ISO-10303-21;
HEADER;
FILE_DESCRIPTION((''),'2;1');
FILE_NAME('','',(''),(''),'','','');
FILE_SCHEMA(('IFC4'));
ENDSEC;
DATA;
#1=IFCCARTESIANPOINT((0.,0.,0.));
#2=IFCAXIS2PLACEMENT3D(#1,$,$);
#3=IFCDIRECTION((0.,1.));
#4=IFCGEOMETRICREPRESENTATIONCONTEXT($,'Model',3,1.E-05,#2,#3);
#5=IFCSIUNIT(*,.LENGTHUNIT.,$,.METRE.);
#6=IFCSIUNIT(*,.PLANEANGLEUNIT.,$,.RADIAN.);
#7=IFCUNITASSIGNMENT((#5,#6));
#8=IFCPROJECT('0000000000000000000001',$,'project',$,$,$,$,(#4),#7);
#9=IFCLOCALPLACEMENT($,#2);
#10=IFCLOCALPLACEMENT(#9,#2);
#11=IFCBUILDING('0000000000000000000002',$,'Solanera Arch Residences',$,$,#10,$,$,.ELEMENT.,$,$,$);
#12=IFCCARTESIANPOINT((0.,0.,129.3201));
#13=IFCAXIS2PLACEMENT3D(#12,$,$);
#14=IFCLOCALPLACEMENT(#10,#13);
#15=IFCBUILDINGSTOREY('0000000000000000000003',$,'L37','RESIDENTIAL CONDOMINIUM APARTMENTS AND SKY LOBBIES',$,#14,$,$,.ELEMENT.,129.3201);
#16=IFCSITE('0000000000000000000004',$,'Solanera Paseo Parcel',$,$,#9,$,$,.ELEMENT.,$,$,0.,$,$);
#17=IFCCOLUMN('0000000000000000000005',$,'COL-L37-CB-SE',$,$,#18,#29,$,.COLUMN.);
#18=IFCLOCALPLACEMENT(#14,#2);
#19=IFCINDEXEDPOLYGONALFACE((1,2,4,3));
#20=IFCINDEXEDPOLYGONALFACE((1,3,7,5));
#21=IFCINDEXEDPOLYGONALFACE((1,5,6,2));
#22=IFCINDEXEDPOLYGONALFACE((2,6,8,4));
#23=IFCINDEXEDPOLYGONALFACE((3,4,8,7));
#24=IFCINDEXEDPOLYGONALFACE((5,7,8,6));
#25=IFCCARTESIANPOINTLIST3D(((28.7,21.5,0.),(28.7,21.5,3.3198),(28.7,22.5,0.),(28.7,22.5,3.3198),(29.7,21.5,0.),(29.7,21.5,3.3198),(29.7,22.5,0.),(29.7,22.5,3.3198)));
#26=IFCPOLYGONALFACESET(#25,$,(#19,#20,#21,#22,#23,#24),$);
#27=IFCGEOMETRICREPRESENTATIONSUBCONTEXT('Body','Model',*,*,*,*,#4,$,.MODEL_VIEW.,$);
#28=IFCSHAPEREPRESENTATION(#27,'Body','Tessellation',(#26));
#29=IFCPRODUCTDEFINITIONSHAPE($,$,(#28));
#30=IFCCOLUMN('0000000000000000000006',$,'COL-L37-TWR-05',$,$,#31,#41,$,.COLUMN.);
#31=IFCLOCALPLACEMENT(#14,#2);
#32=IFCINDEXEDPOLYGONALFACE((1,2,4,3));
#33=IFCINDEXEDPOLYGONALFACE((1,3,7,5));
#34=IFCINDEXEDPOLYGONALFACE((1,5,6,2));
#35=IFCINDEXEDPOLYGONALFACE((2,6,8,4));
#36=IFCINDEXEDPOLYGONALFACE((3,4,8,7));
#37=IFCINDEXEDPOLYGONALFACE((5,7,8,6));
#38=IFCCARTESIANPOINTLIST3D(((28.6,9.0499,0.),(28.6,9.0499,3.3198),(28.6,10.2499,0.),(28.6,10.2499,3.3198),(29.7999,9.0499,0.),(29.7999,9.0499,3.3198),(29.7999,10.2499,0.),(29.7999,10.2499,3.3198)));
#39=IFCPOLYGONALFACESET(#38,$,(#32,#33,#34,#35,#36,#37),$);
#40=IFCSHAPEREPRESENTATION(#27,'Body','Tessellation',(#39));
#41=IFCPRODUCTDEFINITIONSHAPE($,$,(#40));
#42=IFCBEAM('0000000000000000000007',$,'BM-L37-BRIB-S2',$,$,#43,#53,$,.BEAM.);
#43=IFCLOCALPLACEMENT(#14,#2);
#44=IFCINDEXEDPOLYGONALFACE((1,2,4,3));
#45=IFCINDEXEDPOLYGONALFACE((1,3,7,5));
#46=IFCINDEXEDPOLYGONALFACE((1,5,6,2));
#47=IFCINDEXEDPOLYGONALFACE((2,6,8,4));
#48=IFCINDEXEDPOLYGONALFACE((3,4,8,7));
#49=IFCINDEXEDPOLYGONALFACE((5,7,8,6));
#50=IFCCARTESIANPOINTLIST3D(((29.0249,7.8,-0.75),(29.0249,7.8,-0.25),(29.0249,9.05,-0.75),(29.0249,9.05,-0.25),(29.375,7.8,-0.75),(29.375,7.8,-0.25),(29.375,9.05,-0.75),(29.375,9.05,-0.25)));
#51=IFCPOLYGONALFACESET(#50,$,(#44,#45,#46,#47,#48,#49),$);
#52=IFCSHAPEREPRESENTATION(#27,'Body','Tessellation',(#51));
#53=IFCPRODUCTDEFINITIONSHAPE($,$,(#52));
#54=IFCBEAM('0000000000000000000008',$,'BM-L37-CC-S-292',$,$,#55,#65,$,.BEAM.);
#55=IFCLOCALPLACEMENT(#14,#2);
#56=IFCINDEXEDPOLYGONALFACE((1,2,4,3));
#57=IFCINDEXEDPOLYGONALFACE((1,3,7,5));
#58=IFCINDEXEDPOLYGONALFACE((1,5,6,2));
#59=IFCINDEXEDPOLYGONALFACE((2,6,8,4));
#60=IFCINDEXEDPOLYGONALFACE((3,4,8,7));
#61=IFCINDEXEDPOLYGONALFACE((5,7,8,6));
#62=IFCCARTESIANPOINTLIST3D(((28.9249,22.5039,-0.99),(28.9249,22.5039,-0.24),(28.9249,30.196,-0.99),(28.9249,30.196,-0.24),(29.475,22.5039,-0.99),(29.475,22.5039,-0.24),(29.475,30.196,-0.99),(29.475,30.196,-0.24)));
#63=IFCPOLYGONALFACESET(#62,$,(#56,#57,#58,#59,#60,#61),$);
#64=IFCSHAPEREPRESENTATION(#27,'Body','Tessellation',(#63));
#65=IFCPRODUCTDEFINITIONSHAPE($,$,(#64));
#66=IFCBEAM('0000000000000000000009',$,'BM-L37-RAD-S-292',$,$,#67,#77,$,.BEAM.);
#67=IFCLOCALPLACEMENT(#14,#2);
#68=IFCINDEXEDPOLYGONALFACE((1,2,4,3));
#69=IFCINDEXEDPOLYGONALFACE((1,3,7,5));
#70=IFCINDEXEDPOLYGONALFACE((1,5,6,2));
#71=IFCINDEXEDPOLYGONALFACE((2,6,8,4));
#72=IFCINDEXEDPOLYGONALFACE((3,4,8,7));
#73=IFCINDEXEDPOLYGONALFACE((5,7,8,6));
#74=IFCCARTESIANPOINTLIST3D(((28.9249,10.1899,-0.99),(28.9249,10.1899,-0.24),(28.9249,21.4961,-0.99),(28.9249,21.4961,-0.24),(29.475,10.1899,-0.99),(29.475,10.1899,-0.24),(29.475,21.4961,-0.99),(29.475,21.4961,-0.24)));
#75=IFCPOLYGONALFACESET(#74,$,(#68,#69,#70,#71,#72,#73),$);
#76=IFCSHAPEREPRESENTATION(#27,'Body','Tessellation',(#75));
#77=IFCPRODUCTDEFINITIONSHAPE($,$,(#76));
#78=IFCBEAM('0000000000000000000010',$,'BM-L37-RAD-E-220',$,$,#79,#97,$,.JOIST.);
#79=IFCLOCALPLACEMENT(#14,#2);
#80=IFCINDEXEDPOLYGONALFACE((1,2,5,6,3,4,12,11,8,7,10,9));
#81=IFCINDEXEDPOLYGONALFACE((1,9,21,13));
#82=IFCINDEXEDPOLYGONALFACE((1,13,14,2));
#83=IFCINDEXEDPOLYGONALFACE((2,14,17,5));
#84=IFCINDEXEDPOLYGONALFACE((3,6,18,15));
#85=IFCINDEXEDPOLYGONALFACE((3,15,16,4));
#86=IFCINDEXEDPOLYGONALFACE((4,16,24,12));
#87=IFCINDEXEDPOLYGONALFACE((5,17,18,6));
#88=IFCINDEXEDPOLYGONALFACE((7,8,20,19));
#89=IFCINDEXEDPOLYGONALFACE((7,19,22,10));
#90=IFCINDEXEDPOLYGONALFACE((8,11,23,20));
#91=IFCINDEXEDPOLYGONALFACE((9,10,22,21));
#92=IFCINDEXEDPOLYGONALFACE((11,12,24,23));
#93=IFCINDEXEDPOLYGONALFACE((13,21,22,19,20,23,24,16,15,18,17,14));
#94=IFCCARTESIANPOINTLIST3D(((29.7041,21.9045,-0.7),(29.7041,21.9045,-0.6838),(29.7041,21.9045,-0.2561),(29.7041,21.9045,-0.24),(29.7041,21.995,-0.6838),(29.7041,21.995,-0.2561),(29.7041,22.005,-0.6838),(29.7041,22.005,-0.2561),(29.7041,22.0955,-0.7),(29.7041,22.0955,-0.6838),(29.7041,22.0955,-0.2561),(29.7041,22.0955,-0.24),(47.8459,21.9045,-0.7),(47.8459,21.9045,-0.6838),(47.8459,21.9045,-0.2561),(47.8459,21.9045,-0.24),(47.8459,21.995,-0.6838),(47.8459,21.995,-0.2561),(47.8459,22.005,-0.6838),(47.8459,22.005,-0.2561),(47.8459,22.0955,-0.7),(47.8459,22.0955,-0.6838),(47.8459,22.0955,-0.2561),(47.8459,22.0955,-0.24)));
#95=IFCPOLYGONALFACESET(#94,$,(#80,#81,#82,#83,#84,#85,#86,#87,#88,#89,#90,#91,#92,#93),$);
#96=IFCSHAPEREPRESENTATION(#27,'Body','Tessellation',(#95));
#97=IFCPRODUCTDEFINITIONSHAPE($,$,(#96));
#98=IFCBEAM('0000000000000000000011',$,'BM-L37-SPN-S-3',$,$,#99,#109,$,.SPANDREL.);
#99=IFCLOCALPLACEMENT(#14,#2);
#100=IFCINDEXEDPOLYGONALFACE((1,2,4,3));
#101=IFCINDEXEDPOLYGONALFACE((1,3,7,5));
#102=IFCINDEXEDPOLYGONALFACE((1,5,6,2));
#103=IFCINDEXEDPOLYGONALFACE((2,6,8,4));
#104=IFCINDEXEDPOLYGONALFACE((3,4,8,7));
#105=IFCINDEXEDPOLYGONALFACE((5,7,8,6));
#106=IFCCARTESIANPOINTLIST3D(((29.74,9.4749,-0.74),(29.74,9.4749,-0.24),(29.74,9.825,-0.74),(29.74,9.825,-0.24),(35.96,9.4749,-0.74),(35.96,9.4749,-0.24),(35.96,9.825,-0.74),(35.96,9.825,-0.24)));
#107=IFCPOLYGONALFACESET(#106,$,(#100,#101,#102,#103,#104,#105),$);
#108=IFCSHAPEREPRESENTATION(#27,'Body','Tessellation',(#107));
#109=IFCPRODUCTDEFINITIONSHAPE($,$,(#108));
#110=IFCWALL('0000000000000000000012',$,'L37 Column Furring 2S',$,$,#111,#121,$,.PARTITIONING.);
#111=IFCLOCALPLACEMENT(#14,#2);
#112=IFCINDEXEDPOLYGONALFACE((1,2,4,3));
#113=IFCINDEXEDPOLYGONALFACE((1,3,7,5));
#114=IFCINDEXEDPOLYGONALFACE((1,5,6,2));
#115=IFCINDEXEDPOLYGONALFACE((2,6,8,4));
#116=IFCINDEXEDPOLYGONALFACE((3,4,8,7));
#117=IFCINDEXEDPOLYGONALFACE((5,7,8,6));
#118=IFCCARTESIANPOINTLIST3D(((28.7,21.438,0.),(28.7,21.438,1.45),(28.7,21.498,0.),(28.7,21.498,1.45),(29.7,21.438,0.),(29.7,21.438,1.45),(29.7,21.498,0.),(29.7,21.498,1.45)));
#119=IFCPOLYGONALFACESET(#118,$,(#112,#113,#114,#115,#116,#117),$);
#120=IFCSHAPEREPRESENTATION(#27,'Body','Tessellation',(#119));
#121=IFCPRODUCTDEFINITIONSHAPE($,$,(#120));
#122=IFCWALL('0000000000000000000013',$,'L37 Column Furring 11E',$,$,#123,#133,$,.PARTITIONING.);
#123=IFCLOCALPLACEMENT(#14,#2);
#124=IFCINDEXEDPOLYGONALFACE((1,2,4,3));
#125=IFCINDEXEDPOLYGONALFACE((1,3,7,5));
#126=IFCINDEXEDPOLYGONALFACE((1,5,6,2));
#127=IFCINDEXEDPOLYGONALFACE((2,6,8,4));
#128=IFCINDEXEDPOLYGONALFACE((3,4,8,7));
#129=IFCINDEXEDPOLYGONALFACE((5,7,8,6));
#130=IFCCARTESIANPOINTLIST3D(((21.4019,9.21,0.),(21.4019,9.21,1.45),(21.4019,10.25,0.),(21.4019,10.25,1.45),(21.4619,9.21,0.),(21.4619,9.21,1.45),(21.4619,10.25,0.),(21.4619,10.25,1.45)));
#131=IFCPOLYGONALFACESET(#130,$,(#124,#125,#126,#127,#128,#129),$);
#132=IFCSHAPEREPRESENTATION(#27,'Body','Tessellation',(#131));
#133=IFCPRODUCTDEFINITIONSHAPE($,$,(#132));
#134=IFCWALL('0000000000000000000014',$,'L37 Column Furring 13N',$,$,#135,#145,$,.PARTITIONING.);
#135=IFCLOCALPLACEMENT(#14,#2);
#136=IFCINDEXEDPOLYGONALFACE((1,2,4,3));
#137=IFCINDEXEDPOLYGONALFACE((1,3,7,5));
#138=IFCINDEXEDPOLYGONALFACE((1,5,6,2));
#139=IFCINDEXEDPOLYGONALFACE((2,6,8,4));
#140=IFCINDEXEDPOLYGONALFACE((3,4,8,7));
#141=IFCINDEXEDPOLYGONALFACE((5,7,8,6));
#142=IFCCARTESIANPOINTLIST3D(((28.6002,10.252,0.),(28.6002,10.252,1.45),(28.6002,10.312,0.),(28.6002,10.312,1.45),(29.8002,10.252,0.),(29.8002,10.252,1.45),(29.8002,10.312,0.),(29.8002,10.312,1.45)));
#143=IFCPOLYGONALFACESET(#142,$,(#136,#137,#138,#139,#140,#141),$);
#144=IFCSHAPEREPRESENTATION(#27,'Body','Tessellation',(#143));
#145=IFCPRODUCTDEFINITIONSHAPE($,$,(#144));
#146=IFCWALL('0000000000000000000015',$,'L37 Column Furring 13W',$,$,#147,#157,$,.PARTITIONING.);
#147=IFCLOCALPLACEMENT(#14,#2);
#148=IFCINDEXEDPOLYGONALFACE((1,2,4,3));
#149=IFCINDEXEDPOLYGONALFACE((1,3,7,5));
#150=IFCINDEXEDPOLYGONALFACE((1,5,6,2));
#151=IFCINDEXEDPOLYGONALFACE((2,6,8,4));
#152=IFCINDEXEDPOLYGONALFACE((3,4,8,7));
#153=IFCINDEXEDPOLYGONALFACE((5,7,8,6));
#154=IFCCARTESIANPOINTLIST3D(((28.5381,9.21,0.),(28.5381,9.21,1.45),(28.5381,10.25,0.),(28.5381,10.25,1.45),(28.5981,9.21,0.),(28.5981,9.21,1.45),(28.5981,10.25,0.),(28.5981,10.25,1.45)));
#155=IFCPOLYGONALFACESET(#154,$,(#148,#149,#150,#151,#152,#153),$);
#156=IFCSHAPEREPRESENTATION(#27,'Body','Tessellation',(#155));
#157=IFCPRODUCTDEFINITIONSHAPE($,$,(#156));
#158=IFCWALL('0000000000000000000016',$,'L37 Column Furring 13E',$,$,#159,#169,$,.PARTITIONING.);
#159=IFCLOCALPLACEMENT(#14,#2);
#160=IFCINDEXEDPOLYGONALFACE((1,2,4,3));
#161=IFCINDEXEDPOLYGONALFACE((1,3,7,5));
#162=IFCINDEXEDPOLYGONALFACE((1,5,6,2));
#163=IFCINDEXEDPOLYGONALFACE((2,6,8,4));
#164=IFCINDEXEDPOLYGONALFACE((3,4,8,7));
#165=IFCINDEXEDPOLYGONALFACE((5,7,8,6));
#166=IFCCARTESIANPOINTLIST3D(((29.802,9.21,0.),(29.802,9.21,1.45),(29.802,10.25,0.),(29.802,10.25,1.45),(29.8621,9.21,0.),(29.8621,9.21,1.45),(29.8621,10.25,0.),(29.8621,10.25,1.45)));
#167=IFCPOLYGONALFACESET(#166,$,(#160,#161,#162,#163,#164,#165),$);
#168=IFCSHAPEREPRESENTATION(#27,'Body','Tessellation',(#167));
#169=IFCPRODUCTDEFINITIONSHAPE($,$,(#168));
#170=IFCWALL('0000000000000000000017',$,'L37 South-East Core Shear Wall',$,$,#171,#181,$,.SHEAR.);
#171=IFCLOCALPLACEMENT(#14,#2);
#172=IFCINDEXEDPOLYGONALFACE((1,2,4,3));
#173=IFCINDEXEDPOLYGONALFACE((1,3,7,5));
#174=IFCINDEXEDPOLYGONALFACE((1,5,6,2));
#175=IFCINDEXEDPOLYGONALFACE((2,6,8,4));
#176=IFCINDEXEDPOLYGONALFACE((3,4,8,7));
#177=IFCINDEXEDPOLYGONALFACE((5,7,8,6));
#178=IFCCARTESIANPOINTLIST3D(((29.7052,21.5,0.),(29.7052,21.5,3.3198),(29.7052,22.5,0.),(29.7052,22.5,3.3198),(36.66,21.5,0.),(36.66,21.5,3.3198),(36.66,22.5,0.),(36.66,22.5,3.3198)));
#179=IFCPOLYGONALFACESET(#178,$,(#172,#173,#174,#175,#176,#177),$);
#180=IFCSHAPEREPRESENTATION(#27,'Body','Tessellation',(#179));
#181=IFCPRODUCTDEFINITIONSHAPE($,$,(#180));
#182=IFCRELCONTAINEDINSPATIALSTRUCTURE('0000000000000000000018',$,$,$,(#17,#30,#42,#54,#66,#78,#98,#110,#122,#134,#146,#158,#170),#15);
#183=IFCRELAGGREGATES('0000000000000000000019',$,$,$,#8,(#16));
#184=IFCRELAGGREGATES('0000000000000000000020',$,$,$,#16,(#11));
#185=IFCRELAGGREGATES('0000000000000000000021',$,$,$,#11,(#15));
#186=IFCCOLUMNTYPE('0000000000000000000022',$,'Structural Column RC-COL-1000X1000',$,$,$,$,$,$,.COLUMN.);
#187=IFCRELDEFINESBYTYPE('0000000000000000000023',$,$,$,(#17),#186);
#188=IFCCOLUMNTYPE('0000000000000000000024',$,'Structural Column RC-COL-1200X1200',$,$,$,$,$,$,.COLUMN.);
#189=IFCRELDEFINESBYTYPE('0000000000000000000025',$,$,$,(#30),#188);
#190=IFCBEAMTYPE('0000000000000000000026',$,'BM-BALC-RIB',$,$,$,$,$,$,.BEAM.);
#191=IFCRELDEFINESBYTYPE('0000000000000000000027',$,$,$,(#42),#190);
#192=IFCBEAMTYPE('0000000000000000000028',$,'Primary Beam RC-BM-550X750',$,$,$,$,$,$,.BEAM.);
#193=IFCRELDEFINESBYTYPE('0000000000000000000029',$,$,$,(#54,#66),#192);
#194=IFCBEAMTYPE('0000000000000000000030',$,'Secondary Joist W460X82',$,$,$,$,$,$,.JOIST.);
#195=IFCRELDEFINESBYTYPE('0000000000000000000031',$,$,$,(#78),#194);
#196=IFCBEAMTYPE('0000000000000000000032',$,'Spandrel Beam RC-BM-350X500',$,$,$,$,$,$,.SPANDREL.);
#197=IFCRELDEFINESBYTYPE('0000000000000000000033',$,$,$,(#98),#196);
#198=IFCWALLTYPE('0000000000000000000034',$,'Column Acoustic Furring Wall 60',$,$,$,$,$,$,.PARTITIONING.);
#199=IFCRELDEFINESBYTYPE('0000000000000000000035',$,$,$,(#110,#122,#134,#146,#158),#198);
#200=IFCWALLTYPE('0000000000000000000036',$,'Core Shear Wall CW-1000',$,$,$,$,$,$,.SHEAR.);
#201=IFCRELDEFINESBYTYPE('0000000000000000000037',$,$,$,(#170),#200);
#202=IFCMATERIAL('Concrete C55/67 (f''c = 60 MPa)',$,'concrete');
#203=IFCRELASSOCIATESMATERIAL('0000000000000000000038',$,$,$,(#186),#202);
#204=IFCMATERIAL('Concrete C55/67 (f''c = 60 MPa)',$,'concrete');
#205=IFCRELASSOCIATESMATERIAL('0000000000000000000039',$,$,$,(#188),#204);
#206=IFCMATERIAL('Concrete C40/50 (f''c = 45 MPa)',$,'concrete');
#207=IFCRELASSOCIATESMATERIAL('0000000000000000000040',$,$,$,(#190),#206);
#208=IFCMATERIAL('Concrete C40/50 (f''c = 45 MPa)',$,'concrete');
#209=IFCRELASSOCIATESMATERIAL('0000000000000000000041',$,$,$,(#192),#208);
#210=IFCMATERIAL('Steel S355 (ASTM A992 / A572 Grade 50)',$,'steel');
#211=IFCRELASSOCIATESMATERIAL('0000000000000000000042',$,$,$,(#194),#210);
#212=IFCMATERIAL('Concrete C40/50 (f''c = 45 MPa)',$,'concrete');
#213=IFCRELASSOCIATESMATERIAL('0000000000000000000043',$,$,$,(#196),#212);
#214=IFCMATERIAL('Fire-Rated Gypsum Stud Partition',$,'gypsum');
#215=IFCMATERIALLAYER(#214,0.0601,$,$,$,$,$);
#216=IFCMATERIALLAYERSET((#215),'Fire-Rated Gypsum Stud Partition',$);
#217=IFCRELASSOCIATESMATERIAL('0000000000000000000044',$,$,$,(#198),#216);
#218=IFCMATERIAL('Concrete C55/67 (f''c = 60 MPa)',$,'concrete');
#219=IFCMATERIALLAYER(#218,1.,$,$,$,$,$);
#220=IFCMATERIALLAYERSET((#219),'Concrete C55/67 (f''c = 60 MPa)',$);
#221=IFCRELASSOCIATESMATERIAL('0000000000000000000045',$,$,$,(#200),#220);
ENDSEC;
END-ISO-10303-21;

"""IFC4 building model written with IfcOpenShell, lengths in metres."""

from ifc_helpers import new_model, si_unit, direction, frame, frame_2d, origin, origin_2d, place, context, subcontext, project, spatial, rectangle, i_section, extrude, material, layer, layer_set, material_profile, profile_set, type_object, element, save


model = new_model("IFC4")

# Units and contexts
model_context = context("Model", 3, precision=1e-05, world=origin(), true_north=direction((0.0, 1.0)))
body_context = subcontext(model_context, "Body", "Model", "MODEL_VIEW")
ifc_project = project(units=[si_unit("LENGTHUNIT", "METRE"), si_unit("PLANEANGLEUNIT", "RADIAN")], contexts=[model_context])

# Site, building, storey
site_placement = place(None, origin())
site = spatial("IfcSite", under=ifc_project, at=site_placement, Name="Solanera Paseo Parcel", CompositionType="ELEMENT", RefElevation=0.0)
building_placement = place(site_placement, origin())
building = spatial("IfcBuilding", under=site, at=building_placement, Name="Solanera Arch Residences", CompositionType="ELEMENT")
storey_placement = place(building_placement, frame((0.0, 0.0, 129.3201)))
storey = spatial("IfcBuildingStorey", under=building, at=storey_placement, Name="L37", Description="RESIDENTIAL CONDOMINIUM APARTMENTS AND SKY LOBBIES", CompositionType="ELEMENT", Elevation=129.3201)

# Columns
ifc_material_1 = material(Name="Concrete C55/67 (f'c = 60 MPa)", Category="concrete")
ifc_material_profile_1 = material_profile(ifc_material_1, rectangle(XDim=1.0, YDim=1.0, at=origin_2d()))
ifc_profile_set_1 = profile_set([ifc_material_profile_1], Name="Concrete C55/67 (f'c = 60 MPa)")
column_type_1 = type_object("IfcColumnType", Name="Structural Column RC-COL-1000X1000", PredefinedType="COLUMN", material=ifc_profile_set_1)
column_1_placement = place(storey_placement, frame((29.2, 22.0, 0.0), z_axis=(0.0, 0.0, 1.0), x_axis=(1.0, 0.0, 0.0)))
element("IfcColumn", 1, at=column_1_placement, inside=storey, type_object=column_type_1, Name="COL-L37-CB-SE", PredefinedType="COLUMN", context=body_context, shape_type="SweptSolid", body=[
    extrude(rectangle(XDim=1.0, YDim=1.0, at=origin_2d()), origin(), (0.0, 0.0, 1.0), 3.3198),
])
ifc_material_2 = material(Name="Concrete C55/67 (f'c = 60 MPa)", Category="concrete")
ifc_material_profile_2 = material_profile(ifc_material_2, rectangle(XDim=1.2, YDim=1.2, at=origin_2d()))
ifc_profile_set_2 = profile_set([ifc_material_profile_2], Name="Concrete C55/67 (f'c = 60 MPa)")
column_type_2 = type_object("IfcColumnType", Name="Structural Column RC-COL-1200X1200", PredefinedType="COLUMN", material=ifc_profile_set_2)
column_2_placement = place(storey_placement, frame((29.2, 9.6499, 0.0), z_axis=(0.0, 0.0, 1.0), x_axis=(1.0, 0.0, 0.0)))
element("IfcColumn", 2, at=column_2_placement, inside=storey, type_object=column_type_2, Name="COL-L37-TWR-05", PredefinedType="COLUMN", context=body_context, shape_type="SweptSolid", body=[
    extrude(rectangle(XDim=1.2, YDim=1.2, at=origin_2d()), origin(), (0.0, 0.0, 1.0), 3.3198),
])

# Beams
ifc_material_3 = material(Name="Concrete C40/50 (f'c = 45 MPa)", Category="concrete")
ifc_material_profile_3 = material_profile(ifc_material_3, rectangle(XDim=0.3501, YDim=0.5, at=origin_2d()))
ifc_profile_set_3 = profile_set([ifc_material_profile_3], Name="Concrete C40/50 (f'c = 45 MPa)")
beam_type_1 = type_object("IfcBeamType", Name="BM-BALC-RIB", PredefinedType="BEAM", material=ifc_profile_set_3)
beam_1_placement = place(storey_placement, frame((29.2, 7.8, -0.5), z_axis=(0.0, 1.0, 0.0), x_axis=(-1.0, 0.0, 0.0)))
element("IfcBeam", 3, at=beam_1_placement, inside=storey, type_object=beam_type_1, Name="BM-L37-BRIB-S2", PredefinedType="BEAM", context=body_context, shape_type="SweptSolid", body=[
    extrude(rectangle(XDim=0.3501, YDim=0.5, at=origin_2d()), origin(), (0.0, 0.0, 1.0), 1.25),
])
ifc_material_4 = material(Name="Concrete C40/50 (f'c = 45 MPa)", Category="concrete")
ifc_material_profile_4 = material_profile(ifc_material_4, rectangle(XDim=0.55, YDim=0.75, at=origin_2d()))
ifc_profile_set_4 = profile_set([ifc_material_profile_4], Name="Concrete C40/50 (f'c = 45 MPa)")
beam_type_2 = type_object("IfcBeamType", Name="Primary Beam RC-BM-550X750", PredefinedType="BEAM", material=ifc_profile_set_4)
beam_2_placement = place(storey_placement, frame((29.2, 22.5039, -0.615), z_axis=(0.0, 1.0, 0.0), x_axis=(-1.0, 0.0, 0.0)))
element("IfcBeam", 4, at=beam_2_placement, inside=storey, type_object=beam_type_2, Name="BM-L37-CC-S-292", PredefinedType="BEAM", context=body_context, shape_type="SweptSolid", body=[
    extrude(rectangle(XDim=0.55, YDim=0.75, at=origin_2d()), origin(), (0.0, 0.0, 1.0), 7.6921),
])
beam_3_placement = place(storey_placement, frame((29.2, 10.1899, -0.615), z_axis=(0.0, 1.0, 0.0), x_axis=(-1.0, 0.0, 0.0)))
element("IfcBeam", 5, at=beam_3_placement, inside=storey, type_object=beam_type_2, Name="BM-L37-RAD-S-292", PredefinedType="BEAM", context=body_context, shape_type="SweptSolid", body=[
    extrude(rectangle(XDim=0.55, YDim=0.75, at=origin_2d()), origin(), (0.0, 0.0, 1.0), 11.3062),
])
ifc_material_5 = material(Name="Steel S355 (ASTM A992 / A572 Grade 50)", Category="steel")
ifc_material_profile_5 = material_profile(ifc_material_5, i_section(OverallWidth=0.1909, OverallDepth=0.46, WebThickness=0.01, FlangeThickness=0.0161, at=origin_2d()))
ifc_profile_set_5 = profile_set([ifc_material_profile_5], Name="Steel S355 (ASTM A992 / A572 Grade 50)")
beam_type_3 = type_object("IfcBeamType", Name="Secondary Joist W460X82", PredefinedType="JOIST", material=ifc_profile_set_5)
beam_4_placement = place(storey_placement, frame((29.7041, 22.0, -0.47), z_axis=(1.0, 0.0, 0.0), x_axis=(0.0, 1.0, 0.0)))
element("IfcBeam", 6, at=beam_4_placement, inside=storey, type_object=beam_type_3, Name="BM-L37-RAD-E-220", PredefinedType="JOIST", context=body_context, shape_type="SweptSolid", body=[
    extrude(i_section(OverallWidth=0.1909, OverallDepth=0.46, WebThickness=0.01, FlangeThickness=0.0161, at=origin_2d()), origin(), (0.0, 0.0, 1.0), 18.1418),
])
ifc_material_6 = material(Name="Concrete C40/50 (f'c = 45 MPa)", Category="concrete")
ifc_material_profile_6 = material_profile(ifc_material_6, rectangle(XDim=0.3501, YDim=0.5, at=origin_2d()))
ifc_profile_set_6 = profile_set([ifc_material_profile_6], Name="Concrete C40/50 (f'c = 45 MPa)")
beam_type_4 = type_object("IfcBeamType", Name="Spandrel Beam RC-BM-350X500", PredefinedType="SPANDREL", material=ifc_profile_set_6)
beam_5_placement = place(storey_placement, frame((29.74, 9.6499, -0.49), z_axis=(1.0, 0.0, 0.0), x_axis=(0.0, 1.0, 0.0)))
element("IfcBeam", 7, at=beam_5_placement, inside=storey, type_object=beam_type_4, Name="BM-L37-SPN-S-3", PredefinedType="SPANDREL", context=body_context, shape_type="SweptSolid", body=[
    extrude(rectangle(XDim=0.3501, YDim=0.5, at=origin_2d()), origin(), (0.0, 0.0, 1.0), 6.22),
])

# Walls
ifc_material_7 = material(Name="Fire-Rated Gypsum Stud Partition", Category="gypsum")
ifc_layer_1 = layer(ifc_material_7, 0.0601)
ifc_layer_set_1 = layer_set([ifc_layer_1], Name="Fire-Rated Gypsum Stud Partition")
wall_type_1 = type_object("IfcWallType", Name="Column Acoustic Furring Wall 60", PredefinedType="PARTITIONING", material=ifc_layer_set_1)
wall_1_placement = place(storey_placement, frame((28.7, 21.468, 0.0), z_axis=(0.0, 0.0, 1.0), x_axis=(1.0, 0.0, 0.0)))
element("IfcWall", 8, at=wall_1_placement, inside=storey, type_object=wall_type_1, Name="L37 Column Furring 2S", PredefinedType="PARTITIONING", context=body_context, shape_type="SweptSolid", body=[
    extrude(rectangle(XDim=1.0, YDim=0.0601, at=frame_2d((0.5, 0.0))), origin(), (0.0, 0.0, 1.0), 1.45),
])
wall_2_placement = place(storey_placement, frame((21.4319, 9.21, 0.0), z_axis=(0.0, 0.0, 1.0), x_axis=(0.0, 1.0, 0.0)))
element("IfcWall", 9, at=wall_2_placement, inside=storey, type_object=wall_type_1, Name="L37 Column Furring 11E", PredefinedType="PARTITIONING", context=body_context, shape_type="SweptSolid", body=[
    extrude(rectangle(XDim=1.04, YDim=0.0601, at=frame_2d((0.52, 0.0))), origin(), (0.0, 0.0, 1.0), 1.45),
])
wall_3_placement = place(storey_placement, frame((28.6001, 10.282, 0.0), z_axis=(0.0, 0.0, 1.0), x_axis=(1.0, 0.0, 0.0)))
element("IfcWall", 10, at=wall_3_placement, inside=storey, type_object=wall_type_1, Name="L37 Column Furring 13N", PredefinedType="PARTITIONING", context=body_context, shape_type="SweptSolid", body=[
    extrude(rectangle(XDim=1.2, YDim=0.0601, at=frame_2d((0.6001, 0.0))), origin(), (0.0, 0.0, 1.0), 1.45),
])
for number, where, z_axis, x_axis, name in (
    (11, (28.5681, 9.21, 0.0), (0.0, 0.0, 1.0), (0.0, 1.0, 0.0), "L37 Column Furring 13W"),
    (12, (29.832, 9.21, 0.0), (0.0, 0.0, 1.0), (0.0, 1.0, 0.0), "L37 Column Furring 13E"),
):
    element("IfcWall", number, at=place(storey_placement, frame(where, z_axis=z_axis, x_axis=x_axis)), inside=storey, type_object=wall_type_1, Name=name, PredefinedType="PARTITIONING", context=body_context, shape_type="SweptSolid", body=[
        extrude(rectangle(XDim=1.04, YDim=0.0601, at=frame_2d((0.52, 0.0))), origin(), (0.0, 0.0, 1.0), 1.45),
    ])
ifc_material_8 = material(Name="Concrete C55/67 (f'c = 60 MPa)", Category="concrete")
ifc_layer_2 = layer(ifc_material_8, 1.0)
ifc_layer_set_2 = layer_set([ifc_layer_2], Name="Concrete C55/67 (f'c = 60 MPa)")
wall_type_2 = type_object("IfcWallType", Name="Core Shear Wall CW-1000", PredefinedType="SHEAR", material=ifc_layer_set_2)
wall_4_placement = place(storey_placement, frame((29.7051, 22.0, 0.0), z_axis=(0.0, 0.0, 1.0), x_axis=(1.0, 0.0, 0.0)))
element("IfcWall", 13, at=wall_4_placement, inside=storey, type_object=wall_type_2, Name="L37 South-East Core Shear Wall", PredefinedType="SHEAR", context=body_context, shape_type="SweptSolid", body=[
    extrude(rectangle(XDim=6.9548, YDim=1.0, at=frame_2d((3.4775, 0.0))), origin(), (0.0, 0.0, 1.0), 3.3198),
])

save(model, "model.ifc")
